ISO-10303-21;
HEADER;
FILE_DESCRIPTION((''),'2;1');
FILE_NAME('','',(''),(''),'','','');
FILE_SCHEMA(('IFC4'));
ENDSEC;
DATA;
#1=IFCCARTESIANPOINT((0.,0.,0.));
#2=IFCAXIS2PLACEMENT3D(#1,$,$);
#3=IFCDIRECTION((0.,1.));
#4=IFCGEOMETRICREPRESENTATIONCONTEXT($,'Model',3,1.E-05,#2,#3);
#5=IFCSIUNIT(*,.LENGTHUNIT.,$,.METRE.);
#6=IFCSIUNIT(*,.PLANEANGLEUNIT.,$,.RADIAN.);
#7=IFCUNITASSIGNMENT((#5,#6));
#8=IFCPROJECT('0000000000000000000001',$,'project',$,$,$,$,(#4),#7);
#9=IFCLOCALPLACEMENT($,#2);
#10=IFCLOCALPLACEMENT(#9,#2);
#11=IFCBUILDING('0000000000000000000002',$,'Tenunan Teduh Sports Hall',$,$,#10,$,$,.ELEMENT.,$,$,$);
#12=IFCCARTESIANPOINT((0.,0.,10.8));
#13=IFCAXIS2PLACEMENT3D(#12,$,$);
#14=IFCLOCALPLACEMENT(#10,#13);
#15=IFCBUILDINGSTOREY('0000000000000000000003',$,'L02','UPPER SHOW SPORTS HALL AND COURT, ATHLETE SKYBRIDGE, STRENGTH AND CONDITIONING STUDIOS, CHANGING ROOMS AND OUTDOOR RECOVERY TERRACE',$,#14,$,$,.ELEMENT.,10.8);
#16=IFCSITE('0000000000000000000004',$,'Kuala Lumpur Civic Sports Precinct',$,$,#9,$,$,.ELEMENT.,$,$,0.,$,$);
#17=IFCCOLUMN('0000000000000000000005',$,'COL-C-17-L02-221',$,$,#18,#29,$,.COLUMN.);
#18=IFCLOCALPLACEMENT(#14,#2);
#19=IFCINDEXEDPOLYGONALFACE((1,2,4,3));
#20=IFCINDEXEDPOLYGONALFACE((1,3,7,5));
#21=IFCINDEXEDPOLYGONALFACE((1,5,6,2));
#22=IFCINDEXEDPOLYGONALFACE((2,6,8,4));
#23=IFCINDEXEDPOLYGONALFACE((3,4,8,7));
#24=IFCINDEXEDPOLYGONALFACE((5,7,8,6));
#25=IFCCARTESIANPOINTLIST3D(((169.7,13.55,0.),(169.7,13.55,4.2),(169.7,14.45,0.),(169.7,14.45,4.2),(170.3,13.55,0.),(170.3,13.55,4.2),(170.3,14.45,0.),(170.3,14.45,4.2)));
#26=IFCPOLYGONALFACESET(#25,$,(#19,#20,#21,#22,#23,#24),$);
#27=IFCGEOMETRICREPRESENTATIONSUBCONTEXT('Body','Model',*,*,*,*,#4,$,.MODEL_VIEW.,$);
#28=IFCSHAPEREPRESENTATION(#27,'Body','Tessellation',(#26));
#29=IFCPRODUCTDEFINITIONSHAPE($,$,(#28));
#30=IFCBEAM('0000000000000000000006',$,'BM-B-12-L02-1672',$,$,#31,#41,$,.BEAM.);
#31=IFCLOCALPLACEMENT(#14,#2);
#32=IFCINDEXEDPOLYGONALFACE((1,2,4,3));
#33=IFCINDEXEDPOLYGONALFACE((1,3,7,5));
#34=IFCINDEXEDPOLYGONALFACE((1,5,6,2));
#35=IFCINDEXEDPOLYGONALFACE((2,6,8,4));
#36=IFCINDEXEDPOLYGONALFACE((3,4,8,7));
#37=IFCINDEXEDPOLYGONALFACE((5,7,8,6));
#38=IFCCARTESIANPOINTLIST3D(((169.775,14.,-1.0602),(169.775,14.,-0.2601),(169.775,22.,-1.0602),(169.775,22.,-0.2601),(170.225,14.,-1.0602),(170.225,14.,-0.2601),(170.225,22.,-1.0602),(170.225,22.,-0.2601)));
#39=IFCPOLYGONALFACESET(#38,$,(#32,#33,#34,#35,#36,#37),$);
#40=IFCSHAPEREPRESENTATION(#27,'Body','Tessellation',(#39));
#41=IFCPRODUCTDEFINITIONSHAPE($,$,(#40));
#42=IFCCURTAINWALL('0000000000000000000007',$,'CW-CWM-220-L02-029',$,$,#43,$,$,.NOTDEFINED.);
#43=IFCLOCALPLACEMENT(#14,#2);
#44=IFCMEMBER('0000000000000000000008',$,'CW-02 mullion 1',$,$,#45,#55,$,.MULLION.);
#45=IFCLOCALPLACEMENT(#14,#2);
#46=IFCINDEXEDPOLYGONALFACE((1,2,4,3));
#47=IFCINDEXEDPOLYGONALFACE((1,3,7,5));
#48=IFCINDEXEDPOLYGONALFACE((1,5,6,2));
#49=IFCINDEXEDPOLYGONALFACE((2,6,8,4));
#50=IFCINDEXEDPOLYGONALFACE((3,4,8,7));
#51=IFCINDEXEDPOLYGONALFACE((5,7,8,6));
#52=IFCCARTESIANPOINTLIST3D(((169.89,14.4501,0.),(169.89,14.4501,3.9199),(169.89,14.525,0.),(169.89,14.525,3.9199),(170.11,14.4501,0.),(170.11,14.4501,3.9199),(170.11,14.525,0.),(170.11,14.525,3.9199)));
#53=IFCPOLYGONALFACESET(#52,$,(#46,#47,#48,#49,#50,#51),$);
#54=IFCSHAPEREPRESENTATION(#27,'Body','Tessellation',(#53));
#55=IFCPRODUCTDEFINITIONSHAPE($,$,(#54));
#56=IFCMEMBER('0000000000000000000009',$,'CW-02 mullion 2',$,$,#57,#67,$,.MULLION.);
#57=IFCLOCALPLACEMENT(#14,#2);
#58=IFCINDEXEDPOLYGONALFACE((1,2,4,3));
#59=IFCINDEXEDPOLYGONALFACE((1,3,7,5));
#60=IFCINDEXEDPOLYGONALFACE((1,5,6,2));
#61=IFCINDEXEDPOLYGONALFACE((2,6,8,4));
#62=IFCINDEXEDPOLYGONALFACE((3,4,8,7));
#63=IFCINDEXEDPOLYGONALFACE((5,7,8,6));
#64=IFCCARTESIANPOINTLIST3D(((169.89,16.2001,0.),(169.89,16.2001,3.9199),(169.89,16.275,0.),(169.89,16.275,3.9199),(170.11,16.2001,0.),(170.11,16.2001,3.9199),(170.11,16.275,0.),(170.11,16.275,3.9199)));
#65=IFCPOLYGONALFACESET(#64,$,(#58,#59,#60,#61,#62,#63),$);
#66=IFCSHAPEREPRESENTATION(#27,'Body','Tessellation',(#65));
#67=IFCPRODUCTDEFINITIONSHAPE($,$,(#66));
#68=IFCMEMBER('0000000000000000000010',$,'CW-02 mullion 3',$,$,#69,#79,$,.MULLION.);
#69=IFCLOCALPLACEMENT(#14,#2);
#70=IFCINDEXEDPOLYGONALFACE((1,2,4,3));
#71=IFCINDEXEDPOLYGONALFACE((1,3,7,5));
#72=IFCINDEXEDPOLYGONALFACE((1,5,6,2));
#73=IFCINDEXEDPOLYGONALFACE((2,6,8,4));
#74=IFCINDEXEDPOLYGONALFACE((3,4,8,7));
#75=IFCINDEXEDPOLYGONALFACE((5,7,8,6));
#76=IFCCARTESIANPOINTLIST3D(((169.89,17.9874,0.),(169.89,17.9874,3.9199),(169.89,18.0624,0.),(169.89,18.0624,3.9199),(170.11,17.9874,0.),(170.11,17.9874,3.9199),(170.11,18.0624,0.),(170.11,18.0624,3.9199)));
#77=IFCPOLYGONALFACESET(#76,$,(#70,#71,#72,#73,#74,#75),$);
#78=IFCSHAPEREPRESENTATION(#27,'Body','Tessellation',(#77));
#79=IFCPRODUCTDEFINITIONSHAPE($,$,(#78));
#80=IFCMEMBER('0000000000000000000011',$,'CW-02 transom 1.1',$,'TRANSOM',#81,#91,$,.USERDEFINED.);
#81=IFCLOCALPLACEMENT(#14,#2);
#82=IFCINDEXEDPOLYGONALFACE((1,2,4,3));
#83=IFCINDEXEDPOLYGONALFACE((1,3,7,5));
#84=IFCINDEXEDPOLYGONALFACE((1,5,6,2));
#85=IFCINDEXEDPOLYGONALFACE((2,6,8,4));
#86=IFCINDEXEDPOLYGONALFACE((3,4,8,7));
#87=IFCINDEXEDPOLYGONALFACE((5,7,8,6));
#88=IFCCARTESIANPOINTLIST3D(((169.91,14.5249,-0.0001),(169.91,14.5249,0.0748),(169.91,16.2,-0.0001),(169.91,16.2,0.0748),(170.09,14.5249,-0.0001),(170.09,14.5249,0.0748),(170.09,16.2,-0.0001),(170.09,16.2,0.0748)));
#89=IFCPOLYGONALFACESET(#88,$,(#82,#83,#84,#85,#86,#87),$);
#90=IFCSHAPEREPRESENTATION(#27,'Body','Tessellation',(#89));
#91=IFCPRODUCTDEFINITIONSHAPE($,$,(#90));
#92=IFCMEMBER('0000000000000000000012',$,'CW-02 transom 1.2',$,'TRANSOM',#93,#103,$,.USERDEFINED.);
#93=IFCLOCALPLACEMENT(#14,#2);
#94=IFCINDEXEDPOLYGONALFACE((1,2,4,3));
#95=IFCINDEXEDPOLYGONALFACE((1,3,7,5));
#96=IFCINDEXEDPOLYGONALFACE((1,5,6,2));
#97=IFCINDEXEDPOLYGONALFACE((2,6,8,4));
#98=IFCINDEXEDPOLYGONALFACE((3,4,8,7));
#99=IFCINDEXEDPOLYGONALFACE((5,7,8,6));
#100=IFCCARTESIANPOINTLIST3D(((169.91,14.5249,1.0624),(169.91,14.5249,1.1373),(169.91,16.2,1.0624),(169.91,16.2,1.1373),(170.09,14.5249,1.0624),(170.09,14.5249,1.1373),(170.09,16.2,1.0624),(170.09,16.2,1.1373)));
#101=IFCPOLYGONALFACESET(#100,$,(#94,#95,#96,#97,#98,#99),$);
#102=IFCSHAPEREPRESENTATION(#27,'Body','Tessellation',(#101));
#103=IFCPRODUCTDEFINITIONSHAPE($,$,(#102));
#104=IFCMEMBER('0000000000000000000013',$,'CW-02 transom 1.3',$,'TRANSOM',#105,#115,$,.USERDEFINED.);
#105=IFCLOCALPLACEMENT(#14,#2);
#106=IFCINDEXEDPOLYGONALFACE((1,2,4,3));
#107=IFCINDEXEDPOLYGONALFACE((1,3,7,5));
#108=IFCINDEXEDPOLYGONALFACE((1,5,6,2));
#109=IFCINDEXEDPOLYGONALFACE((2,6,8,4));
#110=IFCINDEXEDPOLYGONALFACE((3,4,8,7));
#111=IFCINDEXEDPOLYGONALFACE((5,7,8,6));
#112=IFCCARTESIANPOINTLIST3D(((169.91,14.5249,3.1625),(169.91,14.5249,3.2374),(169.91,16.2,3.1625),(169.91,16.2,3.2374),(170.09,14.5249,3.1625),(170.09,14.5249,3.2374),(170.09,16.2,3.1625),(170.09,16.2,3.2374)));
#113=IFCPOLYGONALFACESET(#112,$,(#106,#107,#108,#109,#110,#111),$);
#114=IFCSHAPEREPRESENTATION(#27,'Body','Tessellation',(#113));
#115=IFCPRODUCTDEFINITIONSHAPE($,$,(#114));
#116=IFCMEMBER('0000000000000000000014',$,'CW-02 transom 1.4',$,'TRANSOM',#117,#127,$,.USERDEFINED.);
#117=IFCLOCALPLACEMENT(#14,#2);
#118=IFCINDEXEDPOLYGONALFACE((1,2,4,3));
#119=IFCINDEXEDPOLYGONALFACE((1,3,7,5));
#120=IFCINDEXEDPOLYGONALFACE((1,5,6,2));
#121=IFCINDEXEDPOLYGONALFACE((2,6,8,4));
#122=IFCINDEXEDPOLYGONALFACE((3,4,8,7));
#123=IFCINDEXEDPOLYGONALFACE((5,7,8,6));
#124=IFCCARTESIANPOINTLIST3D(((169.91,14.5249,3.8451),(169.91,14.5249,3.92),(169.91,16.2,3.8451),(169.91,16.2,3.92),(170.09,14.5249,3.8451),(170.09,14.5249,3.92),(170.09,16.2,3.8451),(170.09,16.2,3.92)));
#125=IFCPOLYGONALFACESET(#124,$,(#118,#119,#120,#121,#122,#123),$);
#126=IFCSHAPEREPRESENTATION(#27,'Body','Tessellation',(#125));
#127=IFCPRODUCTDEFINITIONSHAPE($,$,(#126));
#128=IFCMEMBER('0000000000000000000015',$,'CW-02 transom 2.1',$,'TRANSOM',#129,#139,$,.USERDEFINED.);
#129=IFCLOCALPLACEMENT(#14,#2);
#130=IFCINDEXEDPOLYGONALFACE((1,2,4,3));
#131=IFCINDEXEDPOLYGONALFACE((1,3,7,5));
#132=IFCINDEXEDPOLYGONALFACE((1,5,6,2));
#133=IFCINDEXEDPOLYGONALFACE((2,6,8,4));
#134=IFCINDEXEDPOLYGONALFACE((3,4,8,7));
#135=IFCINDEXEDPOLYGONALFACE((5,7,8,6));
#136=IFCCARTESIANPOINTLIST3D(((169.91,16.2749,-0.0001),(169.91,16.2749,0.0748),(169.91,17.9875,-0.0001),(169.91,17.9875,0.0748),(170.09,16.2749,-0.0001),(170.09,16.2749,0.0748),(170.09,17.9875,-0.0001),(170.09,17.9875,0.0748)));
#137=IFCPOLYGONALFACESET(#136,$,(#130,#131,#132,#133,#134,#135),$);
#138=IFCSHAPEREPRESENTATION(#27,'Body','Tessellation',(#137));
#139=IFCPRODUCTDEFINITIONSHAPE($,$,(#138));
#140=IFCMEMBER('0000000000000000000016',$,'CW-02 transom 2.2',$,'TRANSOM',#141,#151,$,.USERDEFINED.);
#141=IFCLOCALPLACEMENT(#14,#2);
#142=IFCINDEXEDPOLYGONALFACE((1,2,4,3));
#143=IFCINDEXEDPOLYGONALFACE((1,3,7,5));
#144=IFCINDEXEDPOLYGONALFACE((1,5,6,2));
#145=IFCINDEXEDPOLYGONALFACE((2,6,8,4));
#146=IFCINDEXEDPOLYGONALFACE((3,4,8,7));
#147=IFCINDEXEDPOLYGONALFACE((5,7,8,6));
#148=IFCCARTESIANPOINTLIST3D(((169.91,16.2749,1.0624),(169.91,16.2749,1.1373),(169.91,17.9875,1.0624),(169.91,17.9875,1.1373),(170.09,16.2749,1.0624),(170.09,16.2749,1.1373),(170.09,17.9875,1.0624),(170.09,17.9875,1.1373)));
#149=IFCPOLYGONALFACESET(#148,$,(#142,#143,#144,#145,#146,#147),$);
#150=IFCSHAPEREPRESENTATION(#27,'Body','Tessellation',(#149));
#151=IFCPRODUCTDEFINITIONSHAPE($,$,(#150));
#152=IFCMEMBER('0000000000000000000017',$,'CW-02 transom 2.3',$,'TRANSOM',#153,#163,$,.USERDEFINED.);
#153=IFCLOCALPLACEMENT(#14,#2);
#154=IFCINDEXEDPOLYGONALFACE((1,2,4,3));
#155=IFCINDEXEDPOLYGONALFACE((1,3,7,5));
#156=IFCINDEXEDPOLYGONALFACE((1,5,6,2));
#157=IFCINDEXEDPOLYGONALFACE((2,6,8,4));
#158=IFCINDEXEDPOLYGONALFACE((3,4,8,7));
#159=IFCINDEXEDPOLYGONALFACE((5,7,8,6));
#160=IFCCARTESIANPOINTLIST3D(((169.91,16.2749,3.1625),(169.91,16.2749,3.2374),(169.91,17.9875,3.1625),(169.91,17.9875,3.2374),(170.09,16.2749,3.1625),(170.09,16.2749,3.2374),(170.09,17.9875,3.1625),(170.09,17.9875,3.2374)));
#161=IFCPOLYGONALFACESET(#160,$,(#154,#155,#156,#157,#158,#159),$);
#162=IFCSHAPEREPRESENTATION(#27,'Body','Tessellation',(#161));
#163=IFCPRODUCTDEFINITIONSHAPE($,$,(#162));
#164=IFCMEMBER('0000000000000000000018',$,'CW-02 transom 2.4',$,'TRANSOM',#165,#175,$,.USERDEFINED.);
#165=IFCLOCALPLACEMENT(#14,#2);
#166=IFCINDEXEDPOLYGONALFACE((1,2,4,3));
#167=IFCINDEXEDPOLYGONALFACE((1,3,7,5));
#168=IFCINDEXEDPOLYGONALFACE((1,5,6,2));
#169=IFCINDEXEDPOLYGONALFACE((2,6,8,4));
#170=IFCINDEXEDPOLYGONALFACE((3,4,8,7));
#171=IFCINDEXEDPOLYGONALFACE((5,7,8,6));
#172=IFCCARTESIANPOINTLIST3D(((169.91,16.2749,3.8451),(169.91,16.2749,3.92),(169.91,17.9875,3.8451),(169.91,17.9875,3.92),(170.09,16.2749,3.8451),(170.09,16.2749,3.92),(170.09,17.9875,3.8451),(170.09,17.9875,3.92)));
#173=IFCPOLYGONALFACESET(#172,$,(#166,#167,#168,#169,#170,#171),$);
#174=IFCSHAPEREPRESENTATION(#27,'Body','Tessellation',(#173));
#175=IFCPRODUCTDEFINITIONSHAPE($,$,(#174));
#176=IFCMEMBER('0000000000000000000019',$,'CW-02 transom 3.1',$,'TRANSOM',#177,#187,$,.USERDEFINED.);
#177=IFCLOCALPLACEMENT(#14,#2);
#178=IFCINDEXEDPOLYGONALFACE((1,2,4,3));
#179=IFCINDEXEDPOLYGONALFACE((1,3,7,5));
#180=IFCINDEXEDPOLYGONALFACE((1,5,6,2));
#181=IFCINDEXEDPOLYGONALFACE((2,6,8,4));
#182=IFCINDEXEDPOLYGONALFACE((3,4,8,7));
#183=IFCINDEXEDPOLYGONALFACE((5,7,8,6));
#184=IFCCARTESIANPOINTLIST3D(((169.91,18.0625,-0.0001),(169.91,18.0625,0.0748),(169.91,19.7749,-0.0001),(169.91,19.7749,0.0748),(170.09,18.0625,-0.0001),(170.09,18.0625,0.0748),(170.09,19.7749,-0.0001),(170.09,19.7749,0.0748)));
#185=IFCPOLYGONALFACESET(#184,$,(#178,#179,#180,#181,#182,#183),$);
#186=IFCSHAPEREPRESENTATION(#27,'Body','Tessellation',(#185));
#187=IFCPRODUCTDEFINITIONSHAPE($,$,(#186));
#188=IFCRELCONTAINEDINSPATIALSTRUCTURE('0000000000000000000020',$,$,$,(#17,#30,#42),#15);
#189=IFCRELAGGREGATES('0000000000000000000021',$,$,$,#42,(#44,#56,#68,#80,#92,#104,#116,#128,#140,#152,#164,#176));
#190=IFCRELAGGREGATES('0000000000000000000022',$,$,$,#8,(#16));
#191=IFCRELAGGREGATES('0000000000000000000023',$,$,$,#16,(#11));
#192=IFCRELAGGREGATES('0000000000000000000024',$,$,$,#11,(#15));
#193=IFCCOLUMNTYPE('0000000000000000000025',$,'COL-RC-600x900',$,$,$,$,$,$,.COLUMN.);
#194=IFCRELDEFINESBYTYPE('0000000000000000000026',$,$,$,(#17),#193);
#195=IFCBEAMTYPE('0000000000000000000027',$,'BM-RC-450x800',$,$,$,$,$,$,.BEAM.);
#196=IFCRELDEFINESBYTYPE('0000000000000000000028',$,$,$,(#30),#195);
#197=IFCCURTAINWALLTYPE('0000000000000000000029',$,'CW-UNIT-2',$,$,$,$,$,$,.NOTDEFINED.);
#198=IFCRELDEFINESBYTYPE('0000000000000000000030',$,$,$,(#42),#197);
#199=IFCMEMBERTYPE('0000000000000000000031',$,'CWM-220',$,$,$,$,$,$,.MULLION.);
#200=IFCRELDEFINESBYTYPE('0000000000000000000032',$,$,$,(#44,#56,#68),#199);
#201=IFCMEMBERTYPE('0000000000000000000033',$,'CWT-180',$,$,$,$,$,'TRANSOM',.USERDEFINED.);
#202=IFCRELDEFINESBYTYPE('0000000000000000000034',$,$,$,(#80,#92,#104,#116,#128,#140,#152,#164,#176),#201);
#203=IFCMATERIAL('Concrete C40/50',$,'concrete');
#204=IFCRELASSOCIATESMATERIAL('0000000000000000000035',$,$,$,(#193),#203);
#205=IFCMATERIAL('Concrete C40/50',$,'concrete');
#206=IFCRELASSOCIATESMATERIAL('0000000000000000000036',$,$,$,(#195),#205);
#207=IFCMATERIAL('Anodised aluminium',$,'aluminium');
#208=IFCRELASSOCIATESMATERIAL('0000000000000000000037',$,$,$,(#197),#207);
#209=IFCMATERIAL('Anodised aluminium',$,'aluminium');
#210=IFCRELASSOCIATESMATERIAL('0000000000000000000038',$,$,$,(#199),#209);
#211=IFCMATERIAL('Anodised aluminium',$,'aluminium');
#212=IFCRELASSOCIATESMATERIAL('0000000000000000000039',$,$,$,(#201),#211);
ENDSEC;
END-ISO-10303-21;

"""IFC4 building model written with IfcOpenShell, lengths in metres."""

from ifc_helpers import new_model, si_unit, direction, frame, origin, origin_2d, place, context, subcontext, project, spatial, rectangle, extrude, material, material_profile, profile_set, type_object, element, aggregate, save


model = new_model("IFC4")

# Units and contexts
model_context = context("Model", 3, precision=1e-05, world=origin(), true_north=direction((0.0, 1.0)))
body_context = subcontext(model_context, "Body", "Model", "MODEL_VIEW")
ifc_project = project(units=[si_unit("LENGTHUNIT", "METRE"), si_unit("PLANEANGLEUNIT", "RADIAN")], contexts=[model_context])

# Site, building, storey
site_placement = place(None, origin())
site = spatial("IfcSite", under=ifc_project, at=site_placement, Name="Kuala Lumpur Civic Sports Precinct", CompositionType="ELEMENT", RefElevation=0.0)
building_placement = place(site_placement, origin())
building = spatial("IfcBuilding", under=site, at=building_placement, Name="Tenunan Teduh Sports Hall", CompositionType="ELEMENT")
storey_placement = place(building_placement, frame((0.0, 0.0, 10.8)))
storey = spatial("IfcBuildingStorey", under=building, at=storey_placement, Name="L02", Description="UPPER SHOW SPORTS HALL AND COURT, ATHLETE SKYBRIDGE, STRENGTH AND CONDITIONING STUDIOS, CHANGING ROOMS AND OUTDOOR RECOVERY TERRACE", CompositionType="ELEMENT", Elevation=10.8)

# Column
ifc_material_1 = material(Name="Concrete C40/50", Category="concrete")
ifc_material_profile_1 = material_profile(ifc_material_1, rectangle(XDim=0.6001, YDim=0.8999, at=origin_2d()), Name="RC 600x900")
ifc_profile_set_1 = profile_set([ifc_material_profile_1], Name="Concrete C40/50")
column_type = type_object("IfcColumnType", Name="COL-RC-600x900", PredefinedType="COLUMN", material=ifc_profile_set_1)
column_placement = place(storey_placement, frame((170.0, 14.0, 0.0), z_axis=(0.0, 0.0, 1.0), x_axis=(1.0, 0.0, 0.0)))
element("IfcColumn", 1, at=column_placement, inside=storey, type_object=column_type, Name="COL-C-17-L02-221", PredefinedType="COLUMN", context=body_context, shape_type="SweptSolid", body=[
    extrude(rectangle(XDim=0.6001, YDim=0.8999, at=origin_2d()), origin(), (0.0, 0.0, 1.0), 4.2),
])

# Beam
ifc_material_2 = material(Name="Concrete C40/50", Category="concrete")
ifc_material_profile_2 = material_profile(ifc_material_2, rectangle(XDim=0.45, YDim=0.8, at=origin_2d()), Name="RCB 450x800")
ifc_profile_set_2 = profile_set([ifc_material_profile_2], Name="Concrete C40/50")
beam_type = type_object("IfcBeamType", Name="BM-RC-450x800", PredefinedType="BEAM", material=ifc_profile_set_2)
beam_placement = place(storey_placement, frame((170.0, 14.0, -0.6602), z_axis=(0.0, 1.0, 0.0), x_axis=(-1.0, 0.0, 0.0)))
element("IfcBeam", 2, at=beam_placement, inside=storey, type_object=beam_type, Name="BM-B-12-L02-1672", PredefinedType="BEAM", context=body_context, shape_type="SweptSolid", body=[
    extrude(rectangle(XDim=0.45, YDim=0.8, at=origin_2d()), origin(), (0.0, 0.0, 1.0), 8.0),
])

# Curtain wall, members
ifc_material_3 = material(Name="Anodised aluminium", Category="aluminium")
curtain_wall_type = type_object("IfcCurtainWallType", Name="CW-UNIT-2", PredefinedType="NOTDEFINED", material=ifc_material_3)
curtain_wall_placement = place(storey_placement, origin())
curtain_wall = element("IfcCurtainWall", 3, at=curtain_wall_placement, inside=storey, type_object=curtain_wall_type, Name="CW-CWM-220-L02-029", PredefinedType="NOTDEFINED")
ifc_material_4 = material(Name="Anodised aluminium", Category="aluminium")
ifc_material_profile_3 = material_profile(ifc_material_4, rectangle(XDim=0.075, YDim=0.22, at=origin_2d()), Name="CWM 75x220")
ifc_profile_set_3 = profile_set([ifc_material_profile_3], Name="Anodised aluminium")
member_type_1 = type_object("IfcMemberType", Name="CWM-220", PredefinedType="MULLION", material=ifc_profile_set_3)
member_1_placement = place(storey_placement, frame((170.0, 14.4875, 0.0), z_axis=(0.0, 0.0, 1.0), x_axis=(0.0, 1.0, 0.0)))
member_1 = element("IfcMember", 4, at=member_1_placement, type_object=member_type_1, Name="CW-02 mullion 1", PredefinedType="MULLION", context=body_context, shape_type="SweptSolid", body=[
    extrude(rectangle(XDim=0.075, YDim=0.22, at=origin_2d()), origin(), (0.0, 0.0, 1.0), 3.9199),
])
member_2_placement = place(storey_placement, frame((170.0, 16.2375, 0.0), z_axis=(0.0, 0.0, 1.0), x_axis=(0.0, 1.0, 0.0)))
member_2 = element("IfcMember", 5, at=member_2_placement, type_object=member_type_1, Name="CW-02 mullion 2", PredefinedType="MULLION", context=body_context, shape_type="SweptSolid", body=[
    extrude(rectangle(XDim=0.075, YDim=0.22, at=origin_2d()), origin(), (0.0, 0.0, 1.0), 3.9199),
])
member_3_placement = place(storey_placement, frame((170.0, 18.0249, 0.0), z_axis=(0.0, 0.0, 1.0), x_axis=(0.0, 1.0, 0.0)))
member_3 = element("IfcMember", 6, at=member_3_placement, type_object=member_type_1, Name="CW-02 mullion 3", PredefinedType="MULLION", context=body_context, shape_type="SweptSolid", body=[
    extrude(rectangle(XDim=0.075, YDim=0.22, at=origin_2d()), origin(), (0.0, 0.0, 1.0), 3.9199),
])
ifc_material_5 = material(Name="Anodised aluminium", Category="aluminium")
ifc_material_profile_4 = material_profile(ifc_material_5, rectangle(XDim=0.075, YDim=0.1799, at=origin_2d()), Name="CWT 75x180")
ifc_profile_set_4 = profile_set([ifc_material_profile_4], Name="Anodised aluminium")
member_type_2 = type_object("IfcMemberType", Name="CWT-180", ElementType="TRANSOM", PredefinedType="USERDEFINED", material=ifc_profile_set_4)
member_4_placement = place(storey_placement, frame((170.0, 14.5249, 0.0374), z_axis=(0.0, 1.0, 0.0), x_axis=(0.0, 0.0, 1.0)))
member_4 = element("IfcMember", 7, at=member_4_placement, type_object=member_type_2, Name="CW-02 transom 1.1", ObjectType="TRANSOM", PredefinedType="USERDEFINED", context=body_context, shape_type="SweptSolid", body=[
    extrude(rectangle(XDim=0.075, YDim=0.1799, at=origin_2d()), origin(), (0.0, 0.0, 1.0), 1.675),
])
member_5_placement = place(storey_placement, frame((170.0, 14.5249, 1.0999), z_axis=(0.0, 1.0, 0.0), x_axis=(0.0, 0.0, 1.0)))
member_5 = element("IfcMember", 8, at=member_5_placement, type_object=member_type_2, Name="CW-02 transom 1.2", ObjectType="TRANSOM", PredefinedType="USERDEFINED", context=body_context, shape_type="SweptSolid", body=[
    extrude(rectangle(XDim=0.075, YDim=0.1799, at=origin_2d()), origin(), (0.0, 0.0, 1.0), 1.675),
])
member_6_placement = place(storey_placement, frame((170.0, 14.5249, 3.2), z_axis=(0.0, 1.0, 0.0), x_axis=(0.0, 0.0, 1.0)))
member_6 = element("IfcMember", 9, at=member_6_placement, type_object=member_type_2, Name="CW-02 transom 1.3", ObjectType="TRANSOM", PredefinedType="USERDEFINED", context=body_context, shape_type="SweptSolid", body=[
    extrude(rectangle(XDim=0.075, YDim=0.1799, at=origin_2d()), origin(), (0.0, 0.0, 1.0), 1.675),
])
member_7_placement = place(storey_placement, frame((170.0, 14.5249, 3.8826), z_axis=(0.0, 1.0, 0.0), x_axis=(0.0, 0.0, 1.0)))
member_7 = element("IfcMember", 10, at=member_7_placement, type_object=member_type_2, Name="CW-02 transom 1.4", ObjectType="TRANSOM", PredefinedType="USERDEFINED", context=body_context, shape_type="SweptSolid", body=[
    extrude(rectangle(XDim=0.075, YDim=0.1799, at=origin_2d()), origin(), (0.0, 0.0, 1.0), 1.675),
])
member_8_placement = place(storey_placement, frame((170.0, 16.2749, 0.0374), z_axis=(0.0, 1.0, 0.0), x_axis=(0.0, 0.0, 1.0)))
member_8 = element("IfcMember", 11, at=member_8_placement, type_object=member_type_2, Name="CW-02 transom 2.1", ObjectType="TRANSOM", PredefinedType="USERDEFINED", context=body_context, shape_type="SweptSolid", body=[
    extrude(rectangle(XDim=0.075, YDim=0.1799, at=origin_2d()), origin(), (0.0, 0.0, 1.0), 1.7126),
])
member_9_placement = place(storey_placement, frame((170.0, 16.2749, 1.0999), z_axis=(0.0, 1.0, 0.0), x_axis=(0.0, 0.0, 1.0)))
member_9 = element("IfcMember", 12, at=member_9_placement, type_object=member_type_2, Name="CW-02 transom 2.2", ObjectType="TRANSOM", PredefinedType="USERDEFINED", context=body_context, shape_type="SweptSolid", body=[
    extrude(rectangle(XDim=0.075, YDim=0.1799, at=origin_2d()), origin(), (0.0, 0.0, 1.0), 1.7126),
])
member_10_placement = place(storey_placement, frame((170.0, 16.2749, 3.2), z_axis=(0.0, 1.0, 0.0), x_axis=(0.0, 0.0, 1.0)))
member_10 = element("IfcMember", 13, at=member_10_placement, type_object=member_type_2, Name="CW-02 transom 2.3", ObjectType="TRANSOM", PredefinedType="USERDEFINED", context=body_context, shape_type="SweptSolid", body=[
    extrude(rectangle(XDim=0.075, YDim=0.1799, at=origin_2d()), origin(), (0.0, 0.0, 1.0), 1.7126),
])
member_11_placement = place(storey_placement, frame((170.0, 16.2749, 3.8826), z_axis=(0.0, 1.0, 0.0), x_axis=(0.0, 0.0, 1.0)))
member_11 = element("IfcMember", 14, at=member_11_placement, type_object=member_type_2, Name="CW-02 transom 2.4", ObjectType="TRANSOM", PredefinedType="USERDEFINED", context=body_context, shape_type="SweptSolid", body=[
    extrude(rectangle(XDim=0.075, YDim=0.1799, at=origin_2d()), origin(), (0.0, 0.0, 1.0), 1.7126),
])
member_12_placement = place(storey_placement, frame((170.0, 18.0625, 0.0374), z_axis=(0.0, 1.0, 0.0), x_axis=(0.0, 0.0, 1.0)))
member_12 = element("IfcMember", 15, at=member_12_placement, type_object=member_type_2, Name="CW-02 transom 3.1", ObjectType="TRANSOM", PredefinedType="USERDEFINED", context=body_context, shape_type="SweptSolid", body=[
    extrude(rectangle(XDim=0.075, YDim=0.1799, at=origin_2d()), origin(), (0.0, 0.0, 1.0), 1.7124),
])

aggregate(curtain_wall, [member_1, member_2, member_3, member_4, member_5, member_6, member_7, member_8, member_9, member_10, member_11, member_12])

save(model, "model.ifc")
